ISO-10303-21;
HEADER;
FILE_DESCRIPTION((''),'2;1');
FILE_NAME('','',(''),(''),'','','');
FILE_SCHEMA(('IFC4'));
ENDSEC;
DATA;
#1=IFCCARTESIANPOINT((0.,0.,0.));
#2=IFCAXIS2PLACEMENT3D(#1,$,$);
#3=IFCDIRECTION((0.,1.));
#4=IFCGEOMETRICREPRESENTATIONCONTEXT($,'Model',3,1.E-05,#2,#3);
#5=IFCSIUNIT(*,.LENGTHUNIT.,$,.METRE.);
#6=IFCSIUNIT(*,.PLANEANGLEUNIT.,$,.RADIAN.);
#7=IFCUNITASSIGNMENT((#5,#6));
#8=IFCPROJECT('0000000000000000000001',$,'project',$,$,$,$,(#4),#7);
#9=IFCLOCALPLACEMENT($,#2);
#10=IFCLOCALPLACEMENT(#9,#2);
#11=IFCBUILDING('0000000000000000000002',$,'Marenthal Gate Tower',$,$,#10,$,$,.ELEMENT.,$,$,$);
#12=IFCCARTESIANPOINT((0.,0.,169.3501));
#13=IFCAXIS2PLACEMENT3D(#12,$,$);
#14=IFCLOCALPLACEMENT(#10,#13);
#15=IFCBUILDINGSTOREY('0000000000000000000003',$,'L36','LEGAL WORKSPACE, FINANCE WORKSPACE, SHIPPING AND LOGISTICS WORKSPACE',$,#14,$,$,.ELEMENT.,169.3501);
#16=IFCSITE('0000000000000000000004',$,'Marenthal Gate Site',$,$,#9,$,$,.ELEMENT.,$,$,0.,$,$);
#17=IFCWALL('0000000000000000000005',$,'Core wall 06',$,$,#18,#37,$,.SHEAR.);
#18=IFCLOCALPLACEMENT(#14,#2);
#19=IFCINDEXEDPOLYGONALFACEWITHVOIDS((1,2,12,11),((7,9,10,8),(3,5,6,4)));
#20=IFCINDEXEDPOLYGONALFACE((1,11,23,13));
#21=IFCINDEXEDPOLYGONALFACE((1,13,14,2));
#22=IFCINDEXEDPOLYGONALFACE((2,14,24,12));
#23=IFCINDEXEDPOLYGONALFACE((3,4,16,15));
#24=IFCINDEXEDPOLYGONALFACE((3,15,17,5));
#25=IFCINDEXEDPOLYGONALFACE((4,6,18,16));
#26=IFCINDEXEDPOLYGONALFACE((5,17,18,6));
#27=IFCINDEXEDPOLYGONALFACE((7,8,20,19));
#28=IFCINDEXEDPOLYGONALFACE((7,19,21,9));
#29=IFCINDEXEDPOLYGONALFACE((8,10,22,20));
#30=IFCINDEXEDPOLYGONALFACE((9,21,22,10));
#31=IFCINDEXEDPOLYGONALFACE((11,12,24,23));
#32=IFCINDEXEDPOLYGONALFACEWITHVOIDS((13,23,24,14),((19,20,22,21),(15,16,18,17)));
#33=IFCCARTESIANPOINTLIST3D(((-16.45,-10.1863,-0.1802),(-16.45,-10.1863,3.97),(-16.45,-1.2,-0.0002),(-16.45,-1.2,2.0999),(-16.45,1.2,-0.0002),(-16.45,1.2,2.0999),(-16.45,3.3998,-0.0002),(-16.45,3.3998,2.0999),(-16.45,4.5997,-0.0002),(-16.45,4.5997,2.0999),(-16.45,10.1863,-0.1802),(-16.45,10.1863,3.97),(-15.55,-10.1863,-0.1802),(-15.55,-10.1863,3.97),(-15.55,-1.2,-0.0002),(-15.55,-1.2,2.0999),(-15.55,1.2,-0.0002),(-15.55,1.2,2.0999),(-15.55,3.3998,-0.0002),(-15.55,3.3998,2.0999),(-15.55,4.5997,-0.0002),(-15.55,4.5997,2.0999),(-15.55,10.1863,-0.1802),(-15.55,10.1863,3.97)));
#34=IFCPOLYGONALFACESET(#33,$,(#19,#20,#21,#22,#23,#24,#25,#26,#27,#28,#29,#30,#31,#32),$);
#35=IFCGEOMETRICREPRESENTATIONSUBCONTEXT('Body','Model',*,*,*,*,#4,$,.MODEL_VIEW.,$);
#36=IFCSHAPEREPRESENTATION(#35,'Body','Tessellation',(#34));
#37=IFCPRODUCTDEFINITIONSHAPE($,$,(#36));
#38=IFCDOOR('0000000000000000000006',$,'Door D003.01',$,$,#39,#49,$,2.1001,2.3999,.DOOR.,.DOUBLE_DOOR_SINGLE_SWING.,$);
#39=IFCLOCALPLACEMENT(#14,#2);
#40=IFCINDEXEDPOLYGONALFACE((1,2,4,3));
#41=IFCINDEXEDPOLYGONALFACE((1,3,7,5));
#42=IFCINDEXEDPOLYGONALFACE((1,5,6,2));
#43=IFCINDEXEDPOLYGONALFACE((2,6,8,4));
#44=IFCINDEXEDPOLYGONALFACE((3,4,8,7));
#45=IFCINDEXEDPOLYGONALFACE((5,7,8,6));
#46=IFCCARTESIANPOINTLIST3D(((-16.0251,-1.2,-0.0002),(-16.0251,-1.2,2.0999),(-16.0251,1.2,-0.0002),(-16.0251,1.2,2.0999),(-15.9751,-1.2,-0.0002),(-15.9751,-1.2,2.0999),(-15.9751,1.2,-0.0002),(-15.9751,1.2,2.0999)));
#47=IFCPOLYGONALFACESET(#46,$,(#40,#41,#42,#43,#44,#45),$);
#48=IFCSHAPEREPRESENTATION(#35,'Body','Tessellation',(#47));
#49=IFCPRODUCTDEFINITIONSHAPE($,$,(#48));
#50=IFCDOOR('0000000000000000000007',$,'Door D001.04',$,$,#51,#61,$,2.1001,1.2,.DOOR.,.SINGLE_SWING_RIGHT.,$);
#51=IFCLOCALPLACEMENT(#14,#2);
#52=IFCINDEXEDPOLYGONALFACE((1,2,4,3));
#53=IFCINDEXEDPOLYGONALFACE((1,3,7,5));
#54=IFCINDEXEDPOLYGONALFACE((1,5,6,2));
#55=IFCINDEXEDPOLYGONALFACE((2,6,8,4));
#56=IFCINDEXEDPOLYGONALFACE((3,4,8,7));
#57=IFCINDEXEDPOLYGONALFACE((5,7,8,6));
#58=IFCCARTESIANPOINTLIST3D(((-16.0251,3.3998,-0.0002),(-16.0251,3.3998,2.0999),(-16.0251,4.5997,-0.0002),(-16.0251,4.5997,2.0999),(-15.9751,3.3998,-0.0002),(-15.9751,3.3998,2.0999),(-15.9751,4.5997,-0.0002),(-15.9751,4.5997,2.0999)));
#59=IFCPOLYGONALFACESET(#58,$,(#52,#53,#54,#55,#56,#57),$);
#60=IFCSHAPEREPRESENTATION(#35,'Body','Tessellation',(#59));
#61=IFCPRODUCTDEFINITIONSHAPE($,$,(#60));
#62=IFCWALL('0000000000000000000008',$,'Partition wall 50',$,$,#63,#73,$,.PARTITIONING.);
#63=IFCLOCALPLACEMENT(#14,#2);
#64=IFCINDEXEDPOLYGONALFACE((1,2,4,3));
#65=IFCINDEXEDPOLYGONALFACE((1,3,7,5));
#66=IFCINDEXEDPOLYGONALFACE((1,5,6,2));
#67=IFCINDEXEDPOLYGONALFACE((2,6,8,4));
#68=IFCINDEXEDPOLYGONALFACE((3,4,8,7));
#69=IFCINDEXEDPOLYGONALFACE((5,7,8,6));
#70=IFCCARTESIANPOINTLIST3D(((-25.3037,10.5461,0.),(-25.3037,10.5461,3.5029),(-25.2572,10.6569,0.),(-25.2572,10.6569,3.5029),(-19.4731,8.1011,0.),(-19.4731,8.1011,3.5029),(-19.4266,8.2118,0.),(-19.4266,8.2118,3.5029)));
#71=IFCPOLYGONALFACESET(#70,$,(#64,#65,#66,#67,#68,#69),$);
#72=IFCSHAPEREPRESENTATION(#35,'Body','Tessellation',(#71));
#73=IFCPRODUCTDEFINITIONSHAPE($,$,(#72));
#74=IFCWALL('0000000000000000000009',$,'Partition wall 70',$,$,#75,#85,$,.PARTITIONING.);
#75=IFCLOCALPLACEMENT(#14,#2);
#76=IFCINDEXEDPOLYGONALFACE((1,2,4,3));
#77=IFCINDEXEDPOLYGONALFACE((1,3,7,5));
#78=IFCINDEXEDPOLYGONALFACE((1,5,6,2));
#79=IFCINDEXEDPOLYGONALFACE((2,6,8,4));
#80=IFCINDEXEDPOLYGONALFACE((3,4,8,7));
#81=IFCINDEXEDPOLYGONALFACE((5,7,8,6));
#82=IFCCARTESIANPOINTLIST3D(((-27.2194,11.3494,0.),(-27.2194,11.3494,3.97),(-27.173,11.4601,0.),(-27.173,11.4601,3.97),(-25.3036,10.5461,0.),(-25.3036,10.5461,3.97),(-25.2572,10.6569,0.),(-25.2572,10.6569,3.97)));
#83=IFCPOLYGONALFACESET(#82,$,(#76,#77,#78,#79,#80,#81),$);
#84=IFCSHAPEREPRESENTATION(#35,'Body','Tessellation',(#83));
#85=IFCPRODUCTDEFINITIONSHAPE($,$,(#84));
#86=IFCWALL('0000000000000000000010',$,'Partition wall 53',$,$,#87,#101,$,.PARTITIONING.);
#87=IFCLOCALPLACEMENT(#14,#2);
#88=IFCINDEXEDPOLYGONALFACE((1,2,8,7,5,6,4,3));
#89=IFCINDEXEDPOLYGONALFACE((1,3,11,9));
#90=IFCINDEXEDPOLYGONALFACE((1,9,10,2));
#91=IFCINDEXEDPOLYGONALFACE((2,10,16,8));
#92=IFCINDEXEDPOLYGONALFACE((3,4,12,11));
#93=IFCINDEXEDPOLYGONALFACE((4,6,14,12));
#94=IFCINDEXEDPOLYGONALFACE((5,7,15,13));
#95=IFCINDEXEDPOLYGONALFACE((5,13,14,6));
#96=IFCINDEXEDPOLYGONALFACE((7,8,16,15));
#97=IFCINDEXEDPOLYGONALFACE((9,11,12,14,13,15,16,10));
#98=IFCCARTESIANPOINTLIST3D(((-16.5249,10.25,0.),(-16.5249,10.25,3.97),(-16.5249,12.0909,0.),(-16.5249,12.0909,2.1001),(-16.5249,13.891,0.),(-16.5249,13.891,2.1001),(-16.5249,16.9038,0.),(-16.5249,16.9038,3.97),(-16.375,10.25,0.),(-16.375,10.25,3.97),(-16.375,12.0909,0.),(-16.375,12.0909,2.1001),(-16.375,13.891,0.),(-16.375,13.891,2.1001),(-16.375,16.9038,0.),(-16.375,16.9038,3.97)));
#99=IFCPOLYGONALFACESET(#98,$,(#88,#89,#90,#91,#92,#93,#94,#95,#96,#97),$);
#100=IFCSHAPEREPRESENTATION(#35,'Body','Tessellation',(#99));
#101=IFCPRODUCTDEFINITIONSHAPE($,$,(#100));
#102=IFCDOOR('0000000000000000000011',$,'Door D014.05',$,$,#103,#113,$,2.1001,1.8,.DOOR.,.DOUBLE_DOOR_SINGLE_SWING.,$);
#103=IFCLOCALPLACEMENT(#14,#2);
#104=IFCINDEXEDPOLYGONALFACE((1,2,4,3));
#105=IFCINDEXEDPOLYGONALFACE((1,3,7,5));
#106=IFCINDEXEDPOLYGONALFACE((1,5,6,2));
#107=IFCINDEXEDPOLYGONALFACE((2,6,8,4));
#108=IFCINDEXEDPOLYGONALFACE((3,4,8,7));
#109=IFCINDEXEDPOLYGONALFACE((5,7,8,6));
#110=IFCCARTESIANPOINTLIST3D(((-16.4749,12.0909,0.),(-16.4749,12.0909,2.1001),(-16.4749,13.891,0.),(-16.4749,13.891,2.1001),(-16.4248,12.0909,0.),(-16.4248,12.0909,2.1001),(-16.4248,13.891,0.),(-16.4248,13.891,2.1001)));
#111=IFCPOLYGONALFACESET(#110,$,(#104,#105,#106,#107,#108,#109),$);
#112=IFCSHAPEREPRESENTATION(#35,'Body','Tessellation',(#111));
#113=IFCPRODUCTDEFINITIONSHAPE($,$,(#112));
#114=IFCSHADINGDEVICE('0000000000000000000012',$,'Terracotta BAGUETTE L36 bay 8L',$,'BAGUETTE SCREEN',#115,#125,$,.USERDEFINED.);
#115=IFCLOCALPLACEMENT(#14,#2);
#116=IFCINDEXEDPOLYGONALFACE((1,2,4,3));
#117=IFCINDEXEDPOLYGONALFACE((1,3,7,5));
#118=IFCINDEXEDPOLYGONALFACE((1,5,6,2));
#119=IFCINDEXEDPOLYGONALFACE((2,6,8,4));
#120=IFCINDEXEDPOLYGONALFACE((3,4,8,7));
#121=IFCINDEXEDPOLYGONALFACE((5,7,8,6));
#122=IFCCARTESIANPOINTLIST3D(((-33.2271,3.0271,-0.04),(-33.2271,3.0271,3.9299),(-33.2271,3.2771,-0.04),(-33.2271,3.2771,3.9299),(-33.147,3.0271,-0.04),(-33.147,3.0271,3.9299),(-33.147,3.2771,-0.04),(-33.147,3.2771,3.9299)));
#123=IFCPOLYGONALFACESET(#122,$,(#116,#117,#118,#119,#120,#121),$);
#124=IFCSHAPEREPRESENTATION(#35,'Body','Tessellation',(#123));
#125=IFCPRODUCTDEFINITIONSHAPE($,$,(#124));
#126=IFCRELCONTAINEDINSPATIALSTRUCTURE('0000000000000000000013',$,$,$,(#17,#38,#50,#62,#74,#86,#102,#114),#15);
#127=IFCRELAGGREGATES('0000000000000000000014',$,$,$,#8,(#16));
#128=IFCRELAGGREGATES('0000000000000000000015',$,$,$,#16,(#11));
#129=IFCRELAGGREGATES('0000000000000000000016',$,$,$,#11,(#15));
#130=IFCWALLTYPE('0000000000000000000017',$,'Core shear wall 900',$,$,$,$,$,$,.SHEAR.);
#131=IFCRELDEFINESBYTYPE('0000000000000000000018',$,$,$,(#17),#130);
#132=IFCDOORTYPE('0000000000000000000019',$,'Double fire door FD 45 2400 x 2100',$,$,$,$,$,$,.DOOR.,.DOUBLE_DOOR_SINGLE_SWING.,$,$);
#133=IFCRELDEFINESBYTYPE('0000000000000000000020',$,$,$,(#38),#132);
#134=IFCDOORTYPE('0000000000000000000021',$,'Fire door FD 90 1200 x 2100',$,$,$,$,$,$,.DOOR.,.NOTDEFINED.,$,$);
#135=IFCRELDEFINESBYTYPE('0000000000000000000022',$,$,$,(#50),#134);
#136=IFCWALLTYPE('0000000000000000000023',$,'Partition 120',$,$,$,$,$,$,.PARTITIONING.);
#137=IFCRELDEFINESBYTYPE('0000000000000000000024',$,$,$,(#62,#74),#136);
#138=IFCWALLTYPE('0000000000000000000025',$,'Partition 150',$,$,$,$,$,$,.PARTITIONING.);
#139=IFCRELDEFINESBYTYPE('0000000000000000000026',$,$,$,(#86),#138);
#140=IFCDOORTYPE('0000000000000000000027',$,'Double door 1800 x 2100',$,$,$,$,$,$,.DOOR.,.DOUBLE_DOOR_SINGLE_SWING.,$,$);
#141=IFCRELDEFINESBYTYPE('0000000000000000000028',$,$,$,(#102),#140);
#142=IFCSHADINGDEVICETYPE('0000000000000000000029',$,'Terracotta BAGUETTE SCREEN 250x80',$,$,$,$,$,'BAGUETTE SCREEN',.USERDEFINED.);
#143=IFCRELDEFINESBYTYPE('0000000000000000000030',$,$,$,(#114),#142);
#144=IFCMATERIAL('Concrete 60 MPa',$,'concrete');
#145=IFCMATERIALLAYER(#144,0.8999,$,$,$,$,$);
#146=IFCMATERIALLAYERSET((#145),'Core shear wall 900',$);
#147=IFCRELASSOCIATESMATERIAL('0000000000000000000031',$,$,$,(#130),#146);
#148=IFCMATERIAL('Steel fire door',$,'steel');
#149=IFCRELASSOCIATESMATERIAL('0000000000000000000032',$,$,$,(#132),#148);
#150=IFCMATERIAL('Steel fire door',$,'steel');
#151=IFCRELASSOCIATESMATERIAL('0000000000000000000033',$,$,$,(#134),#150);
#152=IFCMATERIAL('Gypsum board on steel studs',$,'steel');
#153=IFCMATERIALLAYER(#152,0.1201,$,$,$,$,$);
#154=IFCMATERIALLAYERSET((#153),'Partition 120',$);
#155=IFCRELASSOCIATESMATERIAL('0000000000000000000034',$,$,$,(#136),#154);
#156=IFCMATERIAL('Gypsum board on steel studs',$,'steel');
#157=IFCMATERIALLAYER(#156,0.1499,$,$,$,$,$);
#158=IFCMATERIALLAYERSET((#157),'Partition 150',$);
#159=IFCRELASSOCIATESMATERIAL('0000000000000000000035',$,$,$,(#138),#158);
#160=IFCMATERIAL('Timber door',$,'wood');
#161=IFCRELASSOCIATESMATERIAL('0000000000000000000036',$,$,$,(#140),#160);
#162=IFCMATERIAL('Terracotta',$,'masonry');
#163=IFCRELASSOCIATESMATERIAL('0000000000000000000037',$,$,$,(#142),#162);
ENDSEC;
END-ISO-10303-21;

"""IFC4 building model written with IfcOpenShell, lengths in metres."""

from ifc_helpers import new_model, si_unit, direction, frame, frame_2d, origin, origin_2d, place, context, subcontext, project, spatial, rectangle, extrude, material, layer, layer_set, material_profile, profile_set, type_object, element, fill, save


model = new_model("IFC4")

# Units and contexts
model_context = context("Model", 3, precision=1e-05, world=origin(), true_north=direction((0.0, 1.0)))
body_context = subcontext(model_context, "Body", "Model", "MODEL_VIEW")
ifc_project = project(units=[si_unit("LENGTHUNIT", "METRE"), si_unit("PLANEANGLEUNIT", "RADIAN")], contexts=[model_context])

# Site, building, storey
site_placement = place(None, origin())
site = spatial("IfcSite", under=ifc_project, at=site_placement, Name="Marenthal Gate Site", CompositionType="ELEMENT", RefElevation=0.0)
building_placement = place(site_placement, origin())
building = spatial("IfcBuilding", under=site, at=building_placement, Name="Marenthal Gate Tower", CompositionType="ELEMENT")
storey_placement = place(building_placement, frame((0.0, 0.0, 169.3501)))
storey = spatial("IfcBuildingStorey", under=building, at=storey_placement, Name="L36", Description="LEGAL WORKSPACE, FINANCE WORKSPACE, SHIPPING AND LOGISTICS WORKSPACE", CompositionType="ELEMENT", Elevation=169.3501)

# Wall, openings, doors
ifc_material_1 = material(Name="Concrete 60 MPa", Category="concrete")
ifc_layer_1 = layer(ifc_material_1, 0.8999)
ifc_layer_set_1 = layer_set([ifc_layer_1], Name="Core shear wall 900")
wall_type_1 = type_object("IfcWallType", Name="Core shear wall 900", PredefinedType="SHEAR", material=ifc_layer_set_1)
wall_1_placement = place(storey_placement, frame((-16.0, 10.1863, -0.1802), z_axis=(0.0, 0.0, 1.0), x_axis=(0.0, -1.0, 0.0)))
wall_1 = element("IfcWall", 1, at=wall_1_placement, inside=storey, type_object=wall_type_1, Name="Core wall 06", PredefinedType="SHEAR", context=body_context, shape_type="SweptSolid", body=[
    extrude(rectangle(XDim=20.3726, YDim=0.8999, at=frame_2d((10.1863, 0.0))), origin(), (0.0, 0.0, 1.0), 4.1501),
])
opening_1_placement = place(wall_1_placement, frame((8.9863, 0.0, 0.1799)))
opening_1 = element("IfcOpeningElement", 2, at=opening_1_placement, cuts=wall_1, PredefinedType="OPENING", context=body_context, shape_type="SweptSolid", body=[
    extrude(rectangle(XDim=2.3999, YDim=2.1001, at=frame_2d((1.2, 1.05))), frame((0.0, 0.46, 0.0), z_axis=(0.0, -1.0, 0.0), x_axis=(1.0, 0.0, 0.0)), (0.0, 0.0, 1.0), 0.9199),
])
opening_2_placement = place(wall_1_placement, frame((5.5864, 0.0, 0.1799)))
opening_2 = element("IfcOpeningElement", 3, at=opening_2_placement, cuts=wall_1, PredefinedType="OPENING", context=body_context, shape_type="SweptSolid", body=[
    extrude(rectangle(XDim=1.2, YDim=2.1001, at=frame_2d((0.6001, 1.05))), frame((0.0, 0.46, 0.0), z_axis=(0.0, -1.0, 0.0), x_axis=(1.0, 0.0, 0.0)), (0.0, 0.0, 1.0), 0.9199),
])
ifc_material_2 = material(Name="Steel fire door", Category="steel")
door_type_1 = type_object("IfcDoorType", Name="Double fire door FD 45 2400 x 2100", OperationType="DOUBLE_DOOR_SINGLE_SWING", PredefinedType="DOOR", material=ifc_material_2)
door_1_placement = place(opening_1_placement, origin())
door_1 = element("IfcDoor", 4, at=door_1_placement, inside=storey, type_object=door_type_1, Name="Door D003.01", OperationType="DOUBLE_DOOR_SINGLE_SWING", OverallHeight=2.1001, OverallWidth=2.3999, PredefinedType="DOOR", context=body_context, shape_type="SweptSolid", body=[
    extrude(rectangle(XDim=2.3999, YDim=2.1001, at=frame_2d((1.2, 1.05))), frame((0.0, 0.0249, 0.0), z_axis=(0.0, -1.0, 0.0), x_axis=(1.0, 0.0, 0.0)), (0.0, 0.0, 1.0), 0.05),
])
fill(opening_1, door_1)
ifc_material_3 = material(Name="Steel fire door", Category="steel")
door_type_2 = type_object("IfcDoorType", Name="Fire door FD 90 1200 x 2100", OperationType="NOTDEFINED", PredefinedType="DOOR", material=ifc_material_3)
door_2_placement = place(opening_2_placement, origin())
door_2 = element("IfcDoor", 5, at=door_2_placement, inside=storey, type_object=door_type_2, Name="Door D001.04", OperationType="SINGLE_SWING_RIGHT", OverallHeight=2.1001, OverallWidth=1.2, PredefinedType="DOOR", context=body_context, shape_type="SweptSolid", body=[
    extrude(rectangle(XDim=1.2, YDim=2.1001, at=frame_2d((0.6001, 1.05))), frame((0.0, 0.0249, 0.0), z_axis=(0.0, -1.0, 0.0), x_axis=(1.0, 0.0, 0.0)), (0.0, 0.0, 1.0), 0.05),
])
fill(opening_2, door_2)

# Walls
ifc_material_4 = material(Name="Gypsum board on steel studs", Category="steel")
ifc_layer_2 = layer(ifc_material_4, 0.1201)
ifc_layer_set_2 = layer_set([ifc_layer_2], Name="Partition 120")
wall_type_2 = type_object("IfcWallType", Name="Partition 120", PredefinedType="PARTITIONING", material=ifc_layer_set_2)
wall_2_placement = place(storey_placement, frame((-19.45, 8.1565, 0.0), z_axis=(0.0, 0.0, 1.0), x_axis=(-0.922195, 0.386726, 0.0)))
element("IfcWall", 6, at=wall_2_placement, inside=storey, type_object=wall_type_2, Name="Partition wall 50", PredefinedType="PARTITIONING", context=body_context, shape_type="SweptSolid", body=[
    extrude(rectangle(XDim=6.3225, YDim=0.1201, at=frame_2d((3.1611, 0.0))), origin(), (0.0, 0.0, 1.0), 3.5029),
])
wall_3_placement = place(storey_placement, frame((-25.2805, 10.6016, 0.0), z_axis=(0.0, 0.0, 1.0), x_axis=(-0.922223, 0.386659, 0.0)))
element("IfcWall", 7, at=wall_3_placement, inside=storey, type_object=wall_type_2, Name="Partition wall 70", PredefinedType="PARTITIONING", context=body_context, shape_type="SweptSolid", body=[
    extrude(rectangle(XDim=2.0774, YDim=0.1201, at=frame_2d((1.0386, 0.0))), origin(), (0.0, 0.0, 1.0), 3.97),
])

# Wall, opening, door
ifc_material_5 = material(Name="Gypsum board on steel studs", Category="steel")
ifc_layer_3 = layer(ifc_material_5, 0.1499)
ifc_layer_set_3 = layer_set([ifc_layer_3], Name="Partition 150")
wall_type_3 = type_object("IfcWallType", Name="Partition 150", PredefinedType="PARTITIONING", material=ifc_layer_set_3)
wall_4_placement = place(storey_placement, frame((-16.45, 10.25, 0.0), z_axis=(0.0, 0.0, 1.0), x_axis=(0.0, 1.0, 0.0)))
wall_4 = element("IfcWall", 8, at=wall_4_placement, inside=storey, type_object=wall_type_3, Name="Partition wall 53", PredefinedType="PARTITIONING", context=body_context, shape_type="SweptSolid", body=[
    extrude(rectangle(XDim=6.6538, YDim=0.1499, at=frame_2d((3.3269, 0.0))), origin(), (0.0, 0.0, 1.0), 3.97),
])
opening_3_placement = place(wall_4_placement, frame((1.8411, 0.0, 0.0)))
opening_3 = element("IfcOpeningElement", 9, at=opening_3_placement, cuts=wall_4, PredefinedType="OPENING", context=body_context, shape_type="SweptSolid", body=[
    extrude(rectangle(XDim=1.8, YDim=2.1001, at=frame_2d((0.8999, 1.05))), frame((0.0, 0.085, 0.0), z_axis=(0.0, -1.0, 0.0), x_axis=(1.0, 0.0, 0.0)), (0.0, 0.0, 1.0), 0.1699),
])
ifc_material_6 = material(Name="Timber door", Category="wood")
door_type_3 = type_object("IfcDoorType", Name="Double door 1800 x 2100", OperationType="DOUBLE_DOOR_SINGLE_SWING", PredefinedType="DOOR", material=ifc_material_6)
door_3_placement = place(opening_3_placement, origin())
door_3 = element("IfcDoor", 10, at=door_3_placement, inside=storey, type_object=door_type_3, Name="Door D014.05", OperationType="DOUBLE_DOOR_SINGLE_SWING", OverallHeight=2.1001, OverallWidth=1.8, PredefinedType="DOOR", context=body_context, shape_type="SweptSolid", body=[
    extrude(rectangle(XDim=1.8, YDim=2.1001, at=frame_2d((0.8999, 1.05))), frame((0.0, 0.0249, 0.0), z_axis=(0.0, -1.0, 0.0), x_axis=(1.0, 0.0, 0.0)), (0.0, 0.0, 1.0), 0.05),
])
fill(opening_3, door_3)

# Shading device
ifc_material_7 = material(Name="Terracotta", Category="masonry")
ifc_material_profile_1 = material_profile(ifc_material_7, rectangle(XDim=0.25, YDim=0.0801, at=origin_2d()), Name="Terracotta baguette 250x80")
ifc_profile_set_1 = profile_set([ifc_material_profile_1], Name="Terracotta")
shading_device_type = type_object("IfcShadingDeviceType", Name="Terracotta BAGUETTE SCREEN 250x80", ElementType="BAGUETTE SCREEN", PredefinedType="USERDEFINED", material=ifc_profile_set_1)
shading_device_placement = place(storey_placement, frame((-33.187, 3.1521, -0.04), z_axis=(0.0, 0.0, 1.0), x_axis=(0.0, -1.0, 0.0)))
element("IfcShadingDevice", 11, at=shading_device_placement, inside=storey, type_object=shading_device_type, Name="Terracotta BAGUETTE L36 bay 8L", ObjectType="BAGUETTE SCREEN", PredefinedType="USERDEFINED", context=body_context, shape_type="SweptSolid", body=[
    extrude(rectangle(XDim=0.25, YDim=0.0801, at=origin_2d()), origin(), (0.0, 0.0, 1.0), 3.97),
])

save(model, "model.ifc")
